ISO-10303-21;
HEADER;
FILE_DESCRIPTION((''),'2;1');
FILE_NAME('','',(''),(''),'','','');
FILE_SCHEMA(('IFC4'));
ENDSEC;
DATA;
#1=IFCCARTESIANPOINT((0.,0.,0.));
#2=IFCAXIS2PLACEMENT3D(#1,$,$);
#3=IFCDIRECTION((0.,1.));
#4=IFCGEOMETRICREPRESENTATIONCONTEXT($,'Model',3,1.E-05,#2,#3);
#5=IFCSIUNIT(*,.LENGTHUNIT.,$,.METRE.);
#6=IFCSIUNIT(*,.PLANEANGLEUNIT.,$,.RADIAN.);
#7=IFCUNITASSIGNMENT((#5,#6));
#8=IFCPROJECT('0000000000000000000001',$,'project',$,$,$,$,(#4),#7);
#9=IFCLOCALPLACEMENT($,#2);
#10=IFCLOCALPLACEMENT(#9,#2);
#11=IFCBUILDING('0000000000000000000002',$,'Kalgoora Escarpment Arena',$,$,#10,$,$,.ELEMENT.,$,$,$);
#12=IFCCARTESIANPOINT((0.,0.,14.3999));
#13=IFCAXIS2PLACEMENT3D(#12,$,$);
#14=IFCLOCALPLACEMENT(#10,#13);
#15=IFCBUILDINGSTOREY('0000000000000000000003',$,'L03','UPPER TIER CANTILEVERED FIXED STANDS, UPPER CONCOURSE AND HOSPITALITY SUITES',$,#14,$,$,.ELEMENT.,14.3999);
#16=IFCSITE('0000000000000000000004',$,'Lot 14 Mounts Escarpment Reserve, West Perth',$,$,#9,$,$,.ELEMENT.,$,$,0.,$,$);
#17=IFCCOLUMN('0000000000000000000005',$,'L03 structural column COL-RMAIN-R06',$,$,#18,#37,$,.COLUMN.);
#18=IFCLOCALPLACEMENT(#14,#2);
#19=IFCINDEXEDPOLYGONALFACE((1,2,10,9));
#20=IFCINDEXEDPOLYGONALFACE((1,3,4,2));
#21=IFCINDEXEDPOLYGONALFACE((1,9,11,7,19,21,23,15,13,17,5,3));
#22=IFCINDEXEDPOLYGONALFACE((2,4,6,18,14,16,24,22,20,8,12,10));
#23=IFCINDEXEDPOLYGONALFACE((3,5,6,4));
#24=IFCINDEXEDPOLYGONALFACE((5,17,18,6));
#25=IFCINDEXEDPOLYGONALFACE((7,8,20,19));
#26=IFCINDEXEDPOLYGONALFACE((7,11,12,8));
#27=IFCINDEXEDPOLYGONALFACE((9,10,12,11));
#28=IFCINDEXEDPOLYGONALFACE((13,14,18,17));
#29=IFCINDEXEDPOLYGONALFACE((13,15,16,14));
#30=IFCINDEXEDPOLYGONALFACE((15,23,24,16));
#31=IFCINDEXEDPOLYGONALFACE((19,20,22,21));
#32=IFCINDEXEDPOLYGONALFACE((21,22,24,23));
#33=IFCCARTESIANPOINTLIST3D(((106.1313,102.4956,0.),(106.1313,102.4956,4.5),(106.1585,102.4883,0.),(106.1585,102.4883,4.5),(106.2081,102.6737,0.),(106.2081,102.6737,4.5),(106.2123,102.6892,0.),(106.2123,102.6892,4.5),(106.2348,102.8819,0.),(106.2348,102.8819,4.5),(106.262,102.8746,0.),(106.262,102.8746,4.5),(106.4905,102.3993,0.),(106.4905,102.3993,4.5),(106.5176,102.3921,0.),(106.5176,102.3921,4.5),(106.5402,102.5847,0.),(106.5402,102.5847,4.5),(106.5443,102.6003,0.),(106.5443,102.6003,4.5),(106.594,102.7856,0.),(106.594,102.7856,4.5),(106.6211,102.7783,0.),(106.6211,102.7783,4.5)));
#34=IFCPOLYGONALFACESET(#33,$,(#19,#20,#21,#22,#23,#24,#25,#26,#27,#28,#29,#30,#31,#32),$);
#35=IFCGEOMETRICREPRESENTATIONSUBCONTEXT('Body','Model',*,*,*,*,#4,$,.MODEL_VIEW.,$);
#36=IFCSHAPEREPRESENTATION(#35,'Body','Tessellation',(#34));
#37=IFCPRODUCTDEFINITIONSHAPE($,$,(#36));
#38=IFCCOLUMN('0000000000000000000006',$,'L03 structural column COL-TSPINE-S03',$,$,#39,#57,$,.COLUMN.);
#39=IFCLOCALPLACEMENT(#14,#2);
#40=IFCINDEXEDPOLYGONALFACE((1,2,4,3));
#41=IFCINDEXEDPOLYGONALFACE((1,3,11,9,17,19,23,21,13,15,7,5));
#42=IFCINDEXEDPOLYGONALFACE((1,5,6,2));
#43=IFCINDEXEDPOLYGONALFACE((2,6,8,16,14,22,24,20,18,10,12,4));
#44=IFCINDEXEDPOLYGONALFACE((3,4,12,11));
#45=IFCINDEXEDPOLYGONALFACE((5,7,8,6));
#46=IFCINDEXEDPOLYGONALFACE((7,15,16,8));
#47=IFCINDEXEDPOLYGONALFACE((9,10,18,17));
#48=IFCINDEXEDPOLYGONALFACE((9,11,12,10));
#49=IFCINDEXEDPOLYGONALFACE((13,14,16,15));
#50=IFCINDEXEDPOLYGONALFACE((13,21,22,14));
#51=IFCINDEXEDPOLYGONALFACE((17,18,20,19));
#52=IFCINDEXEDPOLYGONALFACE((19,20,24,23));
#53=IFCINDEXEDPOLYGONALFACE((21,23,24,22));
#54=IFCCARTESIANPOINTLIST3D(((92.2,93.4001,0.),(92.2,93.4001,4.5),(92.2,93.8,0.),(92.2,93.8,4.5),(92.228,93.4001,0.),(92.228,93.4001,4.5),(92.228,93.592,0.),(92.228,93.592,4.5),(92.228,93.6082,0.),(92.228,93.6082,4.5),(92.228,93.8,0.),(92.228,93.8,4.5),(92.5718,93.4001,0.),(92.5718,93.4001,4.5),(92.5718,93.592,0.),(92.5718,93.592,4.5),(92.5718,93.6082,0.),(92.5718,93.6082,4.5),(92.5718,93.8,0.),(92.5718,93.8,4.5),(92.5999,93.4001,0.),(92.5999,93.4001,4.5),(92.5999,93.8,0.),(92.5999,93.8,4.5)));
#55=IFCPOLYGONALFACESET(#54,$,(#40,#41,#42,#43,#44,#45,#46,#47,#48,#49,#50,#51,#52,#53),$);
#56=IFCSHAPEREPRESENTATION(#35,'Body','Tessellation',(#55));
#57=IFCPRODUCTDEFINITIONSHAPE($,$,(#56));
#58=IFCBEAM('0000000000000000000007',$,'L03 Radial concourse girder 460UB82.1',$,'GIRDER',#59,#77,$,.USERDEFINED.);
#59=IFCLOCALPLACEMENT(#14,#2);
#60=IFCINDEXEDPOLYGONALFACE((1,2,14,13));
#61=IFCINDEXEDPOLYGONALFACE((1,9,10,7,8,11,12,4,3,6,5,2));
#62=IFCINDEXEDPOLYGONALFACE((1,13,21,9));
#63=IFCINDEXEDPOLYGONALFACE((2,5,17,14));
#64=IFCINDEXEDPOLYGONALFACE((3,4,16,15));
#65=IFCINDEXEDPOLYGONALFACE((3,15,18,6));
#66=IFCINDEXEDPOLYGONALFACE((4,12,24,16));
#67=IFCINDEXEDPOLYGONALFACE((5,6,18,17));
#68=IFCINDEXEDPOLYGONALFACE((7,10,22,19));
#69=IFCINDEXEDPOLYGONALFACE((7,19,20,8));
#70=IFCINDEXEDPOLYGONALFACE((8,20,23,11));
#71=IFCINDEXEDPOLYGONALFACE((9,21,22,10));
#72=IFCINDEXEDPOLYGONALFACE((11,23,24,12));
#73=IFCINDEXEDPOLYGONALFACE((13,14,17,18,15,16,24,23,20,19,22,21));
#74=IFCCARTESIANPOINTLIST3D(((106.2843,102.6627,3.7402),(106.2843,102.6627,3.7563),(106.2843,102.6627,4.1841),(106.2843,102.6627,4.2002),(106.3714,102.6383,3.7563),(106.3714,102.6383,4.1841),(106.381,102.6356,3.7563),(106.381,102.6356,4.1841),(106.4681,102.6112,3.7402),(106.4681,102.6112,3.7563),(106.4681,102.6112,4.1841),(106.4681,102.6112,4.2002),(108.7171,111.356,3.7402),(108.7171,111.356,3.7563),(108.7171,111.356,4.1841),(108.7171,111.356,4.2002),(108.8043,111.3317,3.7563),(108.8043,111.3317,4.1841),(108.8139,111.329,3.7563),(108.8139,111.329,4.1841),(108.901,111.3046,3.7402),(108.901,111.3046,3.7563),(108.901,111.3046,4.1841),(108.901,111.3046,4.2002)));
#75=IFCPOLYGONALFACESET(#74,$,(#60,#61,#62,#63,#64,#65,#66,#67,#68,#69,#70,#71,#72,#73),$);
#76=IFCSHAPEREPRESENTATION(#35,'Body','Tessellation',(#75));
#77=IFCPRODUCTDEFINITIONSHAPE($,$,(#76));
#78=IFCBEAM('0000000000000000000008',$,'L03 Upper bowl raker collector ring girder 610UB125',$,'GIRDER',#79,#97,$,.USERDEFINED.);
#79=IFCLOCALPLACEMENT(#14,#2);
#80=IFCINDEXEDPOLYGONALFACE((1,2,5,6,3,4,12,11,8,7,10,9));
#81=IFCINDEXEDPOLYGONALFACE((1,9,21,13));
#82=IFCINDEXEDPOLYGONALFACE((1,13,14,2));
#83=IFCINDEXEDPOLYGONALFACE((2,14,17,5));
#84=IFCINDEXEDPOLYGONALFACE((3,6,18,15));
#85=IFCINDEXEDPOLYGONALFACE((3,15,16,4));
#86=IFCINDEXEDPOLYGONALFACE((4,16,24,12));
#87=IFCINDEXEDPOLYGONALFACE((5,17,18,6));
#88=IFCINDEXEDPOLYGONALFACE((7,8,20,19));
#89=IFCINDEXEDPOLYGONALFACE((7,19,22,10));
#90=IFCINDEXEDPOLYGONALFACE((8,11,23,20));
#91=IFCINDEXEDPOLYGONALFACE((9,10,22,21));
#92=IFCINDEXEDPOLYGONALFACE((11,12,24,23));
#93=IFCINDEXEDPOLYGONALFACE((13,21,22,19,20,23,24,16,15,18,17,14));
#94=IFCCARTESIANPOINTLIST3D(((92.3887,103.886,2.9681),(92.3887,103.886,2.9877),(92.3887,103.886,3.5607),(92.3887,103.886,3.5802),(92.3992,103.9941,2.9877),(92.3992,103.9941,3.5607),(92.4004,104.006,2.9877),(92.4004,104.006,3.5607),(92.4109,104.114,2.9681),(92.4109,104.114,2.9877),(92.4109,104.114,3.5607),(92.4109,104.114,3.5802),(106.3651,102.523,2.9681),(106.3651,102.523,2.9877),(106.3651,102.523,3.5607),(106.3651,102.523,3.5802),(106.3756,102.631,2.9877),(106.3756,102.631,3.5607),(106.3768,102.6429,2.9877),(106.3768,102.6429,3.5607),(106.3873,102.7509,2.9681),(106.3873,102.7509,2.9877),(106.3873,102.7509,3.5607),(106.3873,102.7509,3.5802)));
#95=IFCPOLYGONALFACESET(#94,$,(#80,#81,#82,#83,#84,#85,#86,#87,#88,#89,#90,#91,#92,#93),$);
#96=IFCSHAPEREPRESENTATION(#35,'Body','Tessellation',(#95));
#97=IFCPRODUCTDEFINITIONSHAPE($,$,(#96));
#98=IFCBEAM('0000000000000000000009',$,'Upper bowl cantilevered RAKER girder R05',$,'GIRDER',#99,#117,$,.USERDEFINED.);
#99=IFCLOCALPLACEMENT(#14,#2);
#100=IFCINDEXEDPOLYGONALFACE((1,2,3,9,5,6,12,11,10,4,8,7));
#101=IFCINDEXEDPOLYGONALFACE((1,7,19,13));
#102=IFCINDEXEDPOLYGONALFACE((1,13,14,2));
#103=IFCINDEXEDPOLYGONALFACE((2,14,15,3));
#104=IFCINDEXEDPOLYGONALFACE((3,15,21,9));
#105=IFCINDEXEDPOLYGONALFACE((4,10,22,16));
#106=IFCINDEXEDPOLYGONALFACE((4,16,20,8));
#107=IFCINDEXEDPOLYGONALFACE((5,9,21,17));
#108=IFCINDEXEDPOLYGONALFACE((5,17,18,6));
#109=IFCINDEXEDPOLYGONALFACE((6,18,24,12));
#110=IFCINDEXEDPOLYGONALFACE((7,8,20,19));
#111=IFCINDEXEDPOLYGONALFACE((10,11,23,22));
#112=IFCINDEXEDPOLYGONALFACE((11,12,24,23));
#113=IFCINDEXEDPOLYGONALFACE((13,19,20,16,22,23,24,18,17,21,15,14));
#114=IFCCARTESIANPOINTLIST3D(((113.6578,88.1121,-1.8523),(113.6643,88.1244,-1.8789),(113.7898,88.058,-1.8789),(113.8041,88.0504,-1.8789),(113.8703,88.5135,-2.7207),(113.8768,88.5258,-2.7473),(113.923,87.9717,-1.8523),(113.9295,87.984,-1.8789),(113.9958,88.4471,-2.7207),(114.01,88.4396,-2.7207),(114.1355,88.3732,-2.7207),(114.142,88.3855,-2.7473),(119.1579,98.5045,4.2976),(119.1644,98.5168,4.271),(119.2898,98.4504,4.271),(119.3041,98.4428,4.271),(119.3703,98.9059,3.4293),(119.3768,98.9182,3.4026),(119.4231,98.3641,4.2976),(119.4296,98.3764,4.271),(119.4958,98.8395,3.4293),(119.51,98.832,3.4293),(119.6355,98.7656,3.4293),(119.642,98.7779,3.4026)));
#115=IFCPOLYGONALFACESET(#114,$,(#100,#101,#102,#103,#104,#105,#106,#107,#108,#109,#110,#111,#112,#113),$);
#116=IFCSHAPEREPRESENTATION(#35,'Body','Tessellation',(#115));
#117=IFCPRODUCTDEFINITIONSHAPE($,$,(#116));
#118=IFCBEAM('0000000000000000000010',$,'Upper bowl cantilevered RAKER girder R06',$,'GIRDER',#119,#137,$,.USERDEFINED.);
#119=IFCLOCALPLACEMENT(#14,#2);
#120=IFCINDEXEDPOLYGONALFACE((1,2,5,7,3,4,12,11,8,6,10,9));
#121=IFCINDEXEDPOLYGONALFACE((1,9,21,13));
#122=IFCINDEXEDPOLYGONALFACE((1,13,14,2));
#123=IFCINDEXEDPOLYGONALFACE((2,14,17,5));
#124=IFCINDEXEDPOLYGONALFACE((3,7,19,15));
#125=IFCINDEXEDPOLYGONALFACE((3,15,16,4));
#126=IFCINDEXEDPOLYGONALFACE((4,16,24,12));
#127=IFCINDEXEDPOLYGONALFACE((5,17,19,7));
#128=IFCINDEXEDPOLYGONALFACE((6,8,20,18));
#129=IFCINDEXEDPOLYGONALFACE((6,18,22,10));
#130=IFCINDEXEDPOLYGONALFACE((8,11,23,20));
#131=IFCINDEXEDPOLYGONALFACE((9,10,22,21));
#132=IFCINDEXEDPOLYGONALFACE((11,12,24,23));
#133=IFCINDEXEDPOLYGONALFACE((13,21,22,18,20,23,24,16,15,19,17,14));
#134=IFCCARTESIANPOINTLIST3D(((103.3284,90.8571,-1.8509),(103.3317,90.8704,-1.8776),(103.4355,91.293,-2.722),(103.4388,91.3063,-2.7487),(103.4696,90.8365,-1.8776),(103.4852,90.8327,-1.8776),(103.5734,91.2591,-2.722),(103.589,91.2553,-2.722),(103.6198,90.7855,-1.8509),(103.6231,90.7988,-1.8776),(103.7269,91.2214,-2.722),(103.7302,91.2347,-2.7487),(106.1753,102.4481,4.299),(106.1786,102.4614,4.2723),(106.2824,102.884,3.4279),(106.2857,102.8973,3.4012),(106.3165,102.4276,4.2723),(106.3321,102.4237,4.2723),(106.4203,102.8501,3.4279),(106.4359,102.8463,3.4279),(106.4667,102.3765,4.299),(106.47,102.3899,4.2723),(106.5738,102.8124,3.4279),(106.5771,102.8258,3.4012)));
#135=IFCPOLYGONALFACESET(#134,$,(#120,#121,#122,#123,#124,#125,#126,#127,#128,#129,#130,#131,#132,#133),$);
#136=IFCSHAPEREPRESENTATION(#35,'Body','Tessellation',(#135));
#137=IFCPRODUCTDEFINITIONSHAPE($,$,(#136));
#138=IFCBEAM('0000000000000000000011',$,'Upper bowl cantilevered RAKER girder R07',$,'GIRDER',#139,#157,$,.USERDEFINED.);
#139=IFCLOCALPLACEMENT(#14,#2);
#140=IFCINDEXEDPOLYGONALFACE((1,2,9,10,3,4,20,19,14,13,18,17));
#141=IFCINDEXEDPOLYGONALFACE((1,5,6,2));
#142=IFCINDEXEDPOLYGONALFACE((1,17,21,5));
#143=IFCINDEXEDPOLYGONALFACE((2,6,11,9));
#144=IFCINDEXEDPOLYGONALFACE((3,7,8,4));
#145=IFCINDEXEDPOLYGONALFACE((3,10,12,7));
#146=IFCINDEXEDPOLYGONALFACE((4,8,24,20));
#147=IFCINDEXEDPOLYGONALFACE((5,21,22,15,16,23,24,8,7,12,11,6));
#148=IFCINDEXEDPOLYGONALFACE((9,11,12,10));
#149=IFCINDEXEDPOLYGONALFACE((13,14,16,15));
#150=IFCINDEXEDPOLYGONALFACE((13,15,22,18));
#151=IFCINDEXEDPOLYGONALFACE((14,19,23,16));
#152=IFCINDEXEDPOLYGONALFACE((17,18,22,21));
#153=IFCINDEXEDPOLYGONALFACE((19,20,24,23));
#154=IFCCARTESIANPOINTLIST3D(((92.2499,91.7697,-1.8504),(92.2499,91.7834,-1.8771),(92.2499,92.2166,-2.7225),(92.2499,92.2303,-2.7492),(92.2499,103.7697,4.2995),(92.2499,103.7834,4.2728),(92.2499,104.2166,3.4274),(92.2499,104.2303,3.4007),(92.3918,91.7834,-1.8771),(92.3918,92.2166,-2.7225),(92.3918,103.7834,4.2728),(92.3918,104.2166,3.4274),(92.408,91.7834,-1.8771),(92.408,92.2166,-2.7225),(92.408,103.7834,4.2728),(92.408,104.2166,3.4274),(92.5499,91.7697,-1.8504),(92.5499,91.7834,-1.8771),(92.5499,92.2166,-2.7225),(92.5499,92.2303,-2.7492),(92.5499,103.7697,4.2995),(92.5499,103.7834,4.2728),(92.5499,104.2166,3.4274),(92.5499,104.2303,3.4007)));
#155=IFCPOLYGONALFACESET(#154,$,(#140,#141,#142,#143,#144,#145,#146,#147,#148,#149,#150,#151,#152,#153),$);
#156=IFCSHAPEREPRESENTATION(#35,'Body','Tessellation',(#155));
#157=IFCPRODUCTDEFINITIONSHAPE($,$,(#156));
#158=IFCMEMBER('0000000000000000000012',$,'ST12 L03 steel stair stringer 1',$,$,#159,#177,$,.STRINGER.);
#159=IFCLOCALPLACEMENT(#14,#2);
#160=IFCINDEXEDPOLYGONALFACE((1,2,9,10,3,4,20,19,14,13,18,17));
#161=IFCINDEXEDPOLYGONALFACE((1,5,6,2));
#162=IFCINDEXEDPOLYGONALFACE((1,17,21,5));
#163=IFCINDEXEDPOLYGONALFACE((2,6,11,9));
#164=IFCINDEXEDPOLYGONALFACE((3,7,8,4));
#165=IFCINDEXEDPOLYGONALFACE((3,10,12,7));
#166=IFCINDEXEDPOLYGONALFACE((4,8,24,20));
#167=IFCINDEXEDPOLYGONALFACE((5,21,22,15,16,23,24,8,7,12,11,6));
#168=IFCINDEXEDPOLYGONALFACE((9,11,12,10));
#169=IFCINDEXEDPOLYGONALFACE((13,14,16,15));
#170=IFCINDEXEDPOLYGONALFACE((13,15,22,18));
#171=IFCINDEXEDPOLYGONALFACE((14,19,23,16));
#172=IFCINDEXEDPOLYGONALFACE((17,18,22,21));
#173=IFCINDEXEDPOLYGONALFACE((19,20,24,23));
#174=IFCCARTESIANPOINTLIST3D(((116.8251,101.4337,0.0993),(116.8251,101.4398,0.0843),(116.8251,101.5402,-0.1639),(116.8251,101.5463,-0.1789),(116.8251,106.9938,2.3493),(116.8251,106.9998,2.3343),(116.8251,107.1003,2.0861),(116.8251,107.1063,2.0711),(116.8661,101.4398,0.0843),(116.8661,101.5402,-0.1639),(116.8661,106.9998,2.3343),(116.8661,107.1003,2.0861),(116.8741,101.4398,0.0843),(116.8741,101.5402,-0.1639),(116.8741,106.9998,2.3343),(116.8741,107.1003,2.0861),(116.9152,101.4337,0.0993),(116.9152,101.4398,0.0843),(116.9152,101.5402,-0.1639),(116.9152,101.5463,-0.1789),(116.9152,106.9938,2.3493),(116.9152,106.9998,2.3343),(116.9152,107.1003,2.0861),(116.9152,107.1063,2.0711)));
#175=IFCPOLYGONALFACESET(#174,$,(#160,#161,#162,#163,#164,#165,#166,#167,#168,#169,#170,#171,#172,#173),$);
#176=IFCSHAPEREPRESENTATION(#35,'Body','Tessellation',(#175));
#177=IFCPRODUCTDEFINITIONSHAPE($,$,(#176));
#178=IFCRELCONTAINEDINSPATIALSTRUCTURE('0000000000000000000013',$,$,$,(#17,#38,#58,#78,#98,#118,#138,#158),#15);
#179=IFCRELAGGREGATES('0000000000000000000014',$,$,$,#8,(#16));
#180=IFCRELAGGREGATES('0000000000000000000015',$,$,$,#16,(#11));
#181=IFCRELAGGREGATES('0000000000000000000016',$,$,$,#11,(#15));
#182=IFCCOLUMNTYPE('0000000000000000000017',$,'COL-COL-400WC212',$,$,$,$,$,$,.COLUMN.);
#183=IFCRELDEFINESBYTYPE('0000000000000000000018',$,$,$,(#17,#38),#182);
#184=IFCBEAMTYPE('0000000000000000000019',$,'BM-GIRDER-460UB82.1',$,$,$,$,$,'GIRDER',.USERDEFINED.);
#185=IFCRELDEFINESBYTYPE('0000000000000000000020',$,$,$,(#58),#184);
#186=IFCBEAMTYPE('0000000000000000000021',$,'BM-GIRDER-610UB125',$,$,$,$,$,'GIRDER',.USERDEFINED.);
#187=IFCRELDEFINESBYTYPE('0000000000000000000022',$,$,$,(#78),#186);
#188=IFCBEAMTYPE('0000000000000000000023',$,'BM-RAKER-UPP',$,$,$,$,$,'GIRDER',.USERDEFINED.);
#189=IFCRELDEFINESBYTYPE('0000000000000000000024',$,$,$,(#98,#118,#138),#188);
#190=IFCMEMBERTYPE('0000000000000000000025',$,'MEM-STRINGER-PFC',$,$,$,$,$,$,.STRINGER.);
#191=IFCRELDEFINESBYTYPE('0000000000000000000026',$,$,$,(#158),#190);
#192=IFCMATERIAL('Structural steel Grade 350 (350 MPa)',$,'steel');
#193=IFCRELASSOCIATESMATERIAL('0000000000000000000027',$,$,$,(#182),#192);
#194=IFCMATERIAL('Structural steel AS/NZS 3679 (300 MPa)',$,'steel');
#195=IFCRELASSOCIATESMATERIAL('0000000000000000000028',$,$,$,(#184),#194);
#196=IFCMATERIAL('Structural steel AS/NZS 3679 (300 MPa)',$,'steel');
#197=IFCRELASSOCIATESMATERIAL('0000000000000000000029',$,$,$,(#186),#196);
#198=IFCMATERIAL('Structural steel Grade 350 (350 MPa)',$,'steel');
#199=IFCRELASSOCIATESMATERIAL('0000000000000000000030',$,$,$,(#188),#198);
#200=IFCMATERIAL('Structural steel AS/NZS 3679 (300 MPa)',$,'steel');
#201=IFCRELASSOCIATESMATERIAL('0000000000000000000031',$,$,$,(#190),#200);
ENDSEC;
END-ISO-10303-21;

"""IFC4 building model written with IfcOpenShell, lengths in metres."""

from ifc_helpers import new_model, si_unit, direction, frame, origin, origin_2d, place, context, subcontext, project, spatial, i_section, extrude, material, material_profile, profile_set, type_object, element, save


model = new_model("IFC4")

# Units and contexts
model_context = context("Model", 3, precision=1e-05, world=origin(), true_north=direction((0.0, 1.0)))
body_context = subcontext(model_context, "Body", "Model", "MODEL_VIEW")
ifc_project = project(units=[si_unit("LENGTHUNIT", "METRE"), si_unit("PLANEANGLEUNIT", "RADIAN")], contexts=[model_context])

# Site, building, storey
site_placement = place(None, origin())
site = spatial("IfcSite", under=ifc_project, at=site_placement, Name="Lot 14 Mounts Escarpment Reserve, West Perth", CompositionType="ELEMENT", RefElevation=0.0)
building_placement = place(site_placement, origin())
building = spatial("IfcBuilding", under=site, at=building_placement, Name="Kalgoora Escarpment Arena", CompositionType="ELEMENT")
storey_placement = place(building_placement, frame((0.0, 0.0, 14.3999)))
storey = spatial("IfcBuildingStorey", under=building, at=storey_placement, Name="L03", Description="UPPER TIER CANTILEVERED FIXED STANDS, UPPER CONCOURSE AND HOSPITALITY SUITES", CompositionType="ELEMENT", Elevation=14.3999)

# Columns
ifc_material_1 = material(Name="Structural steel Grade 350 (350 MPa)", Category="steel")
ifc_material_profile_1 = material_profile(ifc_material_1, i_section(OverallWidth=0.3999, OverallDepth=0.3999, WebThickness=0.0161, FlangeThickness=0.0281, at=origin_2d()))
ifc_profile_set_1 = profile_set([ifc_material_profile_1], Name="Structural steel Grade 350 (350 MPa)")
column_type = type_object("IfcColumnType", Name="COL-COL-400WC212", PredefinedType="COLUMN", material=ifc_profile_set_1)
for number, where, z_axis, x_axis, name in (
    (1, (106.3762, 102.637, 0.0), (0.0, 0.0, 1.0), (0.258819, 0.965926, 0.0), "L03 structural column COL-RMAIN-R06"),
    (2, (92.3999, 93.6001, 0.0), (0.0, 0.0, 1.0), (0.0, 1.0, 0.0), "L03 structural column COL-TSPINE-S03"),
):
    element("IfcColumn", number, at=place(storey_placement, frame(where, z_axis=z_axis, x_axis=x_axis)), inside=storey, type_object=column_type, Name=name, PredefinedType="COLUMN", context=body_context, shape_type="SweptSolid", body=[
        extrude(i_section(OverallWidth=0.3999, OverallDepth=0.3999, WebThickness=0.0161, FlangeThickness=0.0281, at=origin_2d()), origin(), (0.0, 0.0, 1.0), 4.5),
    ])

# Beams
ifc_material_2 = material(Name="Structural steel AS/NZS 3679 (300 MPa)", Category="steel")
ifc_material_profile_2 = material_profile(ifc_material_2, i_section(OverallWidth=0.1909, OverallDepth=0.46, WebThickness=0.01, FlangeThickness=0.0161, at=origin_2d()))
ifc_profile_set_2 = profile_set([ifc_material_profile_2], Name="Structural steel AS/NZS 3679 (300 MPa)")
beam_type_1 = type_object("IfcBeamType", Name="BM-GIRDER-460UB82.1", ElementType="GIRDER", PredefinedType="USERDEFINED", material=ifc_profile_set_2)
beam_1_placement = place(storey_placement, frame((106.3762, 102.637, 3.9702), z_axis=(0.269499, 0.963001, 0.0), x_axis=(-0.963001, 0.269499, 0.0)))
element("IfcBeam", 3, at=beam_1_placement, inside=storey, type_object=beam_type_1, Name="L03 Radial concourse girder 460UB82.1", ObjectType="GIRDER", PredefinedType="USERDEFINED", context=body_context, shape_type="SweptSolid", body=[
    extrude(i_section(OverallWidth=0.1909, OverallDepth=0.46, WebThickness=0.01, FlangeThickness=0.0161, at=origin_2d()), origin(), (0.0, 0.0, 1.0), 9.0273),
])
ifc_material_3 = material(Name="Structural steel AS/NZS 3679 (300 MPa)", Category="steel")
ifc_material_profile_3 = material_profile(ifc_material_3, i_section(OverallWidth=0.229, OverallDepth=0.6121, WebThickness=0.012, FlangeThickness=0.0195, at=origin_2d()))
ifc_profile_set_3 = profile_set([ifc_material_profile_3], Name="Structural steel AS/NZS 3679 (300 MPa)")
beam_type_2 = type_object("IfcBeamType", Name="BM-GIRDER-610UB125", ElementType="GIRDER", PredefinedType="USERDEFINED", material=ifc_profile_set_3)
beam_2_placement = place(storey_placement, frame((106.3762, 102.637, 3.2742), z_axis=(-0.995278, 0.097064, 0.0), x_axis=(-0.097064, -0.995278, 0.0)))
element("IfcBeam", 4, at=beam_2_placement, inside=storey, type_object=beam_type_2, Name="L03 Upper bowl raker collector ring girder 610UB125", ObjectType="GIRDER", PredefinedType="USERDEFINED", context=body_context, shape_type="SweptSolid", body=[
    extrude(i_section(OverallWidth=0.229, OverallDepth=0.6121, WebThickness=0.012, FlangeThickness=0.0195, at=origin_2d()), origin(), (0.0, 0.0, 1.0), 14.0427),
])
ifc_material_4 = material(Name="Structural steel Grade 350 (350 MPa)", Category="steel")
ifc_material_profile_4 = material_profile(ifc_material_4, i_section(OverallWidth=0.3, OverallDepth=1.01, WebThickness=0.0161, FlangeThickness=0.03, at=origin_2d()))
ifc_profile_set_4 = profile_set([ifc_material_profile_4], Name="Structural steel Grade 350 (350 MPa)")
beam_type_3 = type_object("IfcBeamType", Name="BM-RAKER-UPP", ElementType="GIRDER", PredefinedType="USERDEFINED", material=ifc_profile_set_4)
beam_3_placement = place(storey_placement, frame((113.8999, 88.2488, -2.2998), z_axis=(0.414493, 0.783192, 0.463472), x_axis=(-0.883852, 0.467767, 0.0)))
element("IfcBeam", 5, at=beam_3_placement, inside=storey, type_object=beam_type_3, Name="Upper bowl cantilevered RAKER girder R05", ObjectType="GIRDER", PredefinedType="USERDEFINED", context=body_context, shape_type="SweptSolid", body=[
    extrude(i_section(OverallWidth=0.3, OverallDepth=1.01, WebThickness=0.0161, FlangeThickness=0.03, at=origin_2d()), origin(), (0.0, 0.0, 1.0), 13.2693),
])
beam_4_placement = place(storey_placement, frame((103.5293, 91.0459, -2.2998), z_axis=(0.212033, 0.863278, 0.458032), x_axis=(-0.971137, 0.238524, 0.0)))
element("IfcBeam", 6, at=beam_4_placement, inside=storey, type_object=beam_type_3, Name="Upper bowl cantilevered RAKER girder R06", ObjectType="GIRDER", PredefinedType="USERDEFINED", context=body_context, shape_type="SweptSolid", body=[
    extrude(i_section(OverallWidth=0.3, OverallDepth=1.01, WebThickness=0.0161, FlangeThickness=0.03, at=origin_2d()), origin(), (0.0, 0.0, 1.0), 13.4268),
])
beam_5_placement = place(storey_placement, frame((92.3999, 92.0, -2.2998), z_axis=(0.0, 0.889936, 0.456085), x_axis=(-1.0, 0.0, 0.0)))
element("IfcBeam", 7, at=beam_5_placement, inside=storey, type_object=beam_type_3, Name="Upper bowl cantilevered RAKER girder R07", ObjectType="GIRDER", PredefinedType="USERDEFINED", context=body_context, shape_type="SweptSolid", body=[
    extrude(i_section(OverallWidth=0.3, OverallDepth=1.01, WebThickness=0.0161, FlangeThickness=0.03, at=origin_2d()), origin(), (0.0, 0.0, 1.0), 13.4841),
])

# Member
ifc_material_5 = material(Name="Structural steel AS/NZS 3679 (300 MPa)", Category="steel")
ifc_material_profile_5 = material_profile(ifc_material_5, i_section(OverallWidth=0.0901, OverallDepth=0.3, WebThickness=0.0081, FlangeThickness=0.0161, at=origin_2d()))
ifc_profile_set_5 = profile_set([ifc_material_profile_5], Name="Structural steel AS/NZS 3679 (300 MPa)")
member_type = type_object("IfcMemberType", Name="MEM-STRINGER-PFC", PredefinedType="STRINGER", material=ifc_profile_set_5)
member_placement = place(storey_placement, frame((116.8701, 101.49, -0.0398), z_axis=(0.0, 0.926976, 0.375121), x_axis=(-1.0, 0.0, 0.0)))
element("IfcMember", 8, at=member_placement, inside=storey, type_object=member_type, Name="ST12 L03 steel stair stringer 1", PredefinedType="STRINGER", context=body_context, shape_type="SweptSolid", body=[
    extrude(i_section(OverallWidth=0.0901, OverallDepth=0.3, WebThickness=0.0081, FlangeThickness=0.0161, at=origin_2d()), origin(), (0.0, 0.0, 1.0), 5.998),
])

save(model, "model.ifc")
